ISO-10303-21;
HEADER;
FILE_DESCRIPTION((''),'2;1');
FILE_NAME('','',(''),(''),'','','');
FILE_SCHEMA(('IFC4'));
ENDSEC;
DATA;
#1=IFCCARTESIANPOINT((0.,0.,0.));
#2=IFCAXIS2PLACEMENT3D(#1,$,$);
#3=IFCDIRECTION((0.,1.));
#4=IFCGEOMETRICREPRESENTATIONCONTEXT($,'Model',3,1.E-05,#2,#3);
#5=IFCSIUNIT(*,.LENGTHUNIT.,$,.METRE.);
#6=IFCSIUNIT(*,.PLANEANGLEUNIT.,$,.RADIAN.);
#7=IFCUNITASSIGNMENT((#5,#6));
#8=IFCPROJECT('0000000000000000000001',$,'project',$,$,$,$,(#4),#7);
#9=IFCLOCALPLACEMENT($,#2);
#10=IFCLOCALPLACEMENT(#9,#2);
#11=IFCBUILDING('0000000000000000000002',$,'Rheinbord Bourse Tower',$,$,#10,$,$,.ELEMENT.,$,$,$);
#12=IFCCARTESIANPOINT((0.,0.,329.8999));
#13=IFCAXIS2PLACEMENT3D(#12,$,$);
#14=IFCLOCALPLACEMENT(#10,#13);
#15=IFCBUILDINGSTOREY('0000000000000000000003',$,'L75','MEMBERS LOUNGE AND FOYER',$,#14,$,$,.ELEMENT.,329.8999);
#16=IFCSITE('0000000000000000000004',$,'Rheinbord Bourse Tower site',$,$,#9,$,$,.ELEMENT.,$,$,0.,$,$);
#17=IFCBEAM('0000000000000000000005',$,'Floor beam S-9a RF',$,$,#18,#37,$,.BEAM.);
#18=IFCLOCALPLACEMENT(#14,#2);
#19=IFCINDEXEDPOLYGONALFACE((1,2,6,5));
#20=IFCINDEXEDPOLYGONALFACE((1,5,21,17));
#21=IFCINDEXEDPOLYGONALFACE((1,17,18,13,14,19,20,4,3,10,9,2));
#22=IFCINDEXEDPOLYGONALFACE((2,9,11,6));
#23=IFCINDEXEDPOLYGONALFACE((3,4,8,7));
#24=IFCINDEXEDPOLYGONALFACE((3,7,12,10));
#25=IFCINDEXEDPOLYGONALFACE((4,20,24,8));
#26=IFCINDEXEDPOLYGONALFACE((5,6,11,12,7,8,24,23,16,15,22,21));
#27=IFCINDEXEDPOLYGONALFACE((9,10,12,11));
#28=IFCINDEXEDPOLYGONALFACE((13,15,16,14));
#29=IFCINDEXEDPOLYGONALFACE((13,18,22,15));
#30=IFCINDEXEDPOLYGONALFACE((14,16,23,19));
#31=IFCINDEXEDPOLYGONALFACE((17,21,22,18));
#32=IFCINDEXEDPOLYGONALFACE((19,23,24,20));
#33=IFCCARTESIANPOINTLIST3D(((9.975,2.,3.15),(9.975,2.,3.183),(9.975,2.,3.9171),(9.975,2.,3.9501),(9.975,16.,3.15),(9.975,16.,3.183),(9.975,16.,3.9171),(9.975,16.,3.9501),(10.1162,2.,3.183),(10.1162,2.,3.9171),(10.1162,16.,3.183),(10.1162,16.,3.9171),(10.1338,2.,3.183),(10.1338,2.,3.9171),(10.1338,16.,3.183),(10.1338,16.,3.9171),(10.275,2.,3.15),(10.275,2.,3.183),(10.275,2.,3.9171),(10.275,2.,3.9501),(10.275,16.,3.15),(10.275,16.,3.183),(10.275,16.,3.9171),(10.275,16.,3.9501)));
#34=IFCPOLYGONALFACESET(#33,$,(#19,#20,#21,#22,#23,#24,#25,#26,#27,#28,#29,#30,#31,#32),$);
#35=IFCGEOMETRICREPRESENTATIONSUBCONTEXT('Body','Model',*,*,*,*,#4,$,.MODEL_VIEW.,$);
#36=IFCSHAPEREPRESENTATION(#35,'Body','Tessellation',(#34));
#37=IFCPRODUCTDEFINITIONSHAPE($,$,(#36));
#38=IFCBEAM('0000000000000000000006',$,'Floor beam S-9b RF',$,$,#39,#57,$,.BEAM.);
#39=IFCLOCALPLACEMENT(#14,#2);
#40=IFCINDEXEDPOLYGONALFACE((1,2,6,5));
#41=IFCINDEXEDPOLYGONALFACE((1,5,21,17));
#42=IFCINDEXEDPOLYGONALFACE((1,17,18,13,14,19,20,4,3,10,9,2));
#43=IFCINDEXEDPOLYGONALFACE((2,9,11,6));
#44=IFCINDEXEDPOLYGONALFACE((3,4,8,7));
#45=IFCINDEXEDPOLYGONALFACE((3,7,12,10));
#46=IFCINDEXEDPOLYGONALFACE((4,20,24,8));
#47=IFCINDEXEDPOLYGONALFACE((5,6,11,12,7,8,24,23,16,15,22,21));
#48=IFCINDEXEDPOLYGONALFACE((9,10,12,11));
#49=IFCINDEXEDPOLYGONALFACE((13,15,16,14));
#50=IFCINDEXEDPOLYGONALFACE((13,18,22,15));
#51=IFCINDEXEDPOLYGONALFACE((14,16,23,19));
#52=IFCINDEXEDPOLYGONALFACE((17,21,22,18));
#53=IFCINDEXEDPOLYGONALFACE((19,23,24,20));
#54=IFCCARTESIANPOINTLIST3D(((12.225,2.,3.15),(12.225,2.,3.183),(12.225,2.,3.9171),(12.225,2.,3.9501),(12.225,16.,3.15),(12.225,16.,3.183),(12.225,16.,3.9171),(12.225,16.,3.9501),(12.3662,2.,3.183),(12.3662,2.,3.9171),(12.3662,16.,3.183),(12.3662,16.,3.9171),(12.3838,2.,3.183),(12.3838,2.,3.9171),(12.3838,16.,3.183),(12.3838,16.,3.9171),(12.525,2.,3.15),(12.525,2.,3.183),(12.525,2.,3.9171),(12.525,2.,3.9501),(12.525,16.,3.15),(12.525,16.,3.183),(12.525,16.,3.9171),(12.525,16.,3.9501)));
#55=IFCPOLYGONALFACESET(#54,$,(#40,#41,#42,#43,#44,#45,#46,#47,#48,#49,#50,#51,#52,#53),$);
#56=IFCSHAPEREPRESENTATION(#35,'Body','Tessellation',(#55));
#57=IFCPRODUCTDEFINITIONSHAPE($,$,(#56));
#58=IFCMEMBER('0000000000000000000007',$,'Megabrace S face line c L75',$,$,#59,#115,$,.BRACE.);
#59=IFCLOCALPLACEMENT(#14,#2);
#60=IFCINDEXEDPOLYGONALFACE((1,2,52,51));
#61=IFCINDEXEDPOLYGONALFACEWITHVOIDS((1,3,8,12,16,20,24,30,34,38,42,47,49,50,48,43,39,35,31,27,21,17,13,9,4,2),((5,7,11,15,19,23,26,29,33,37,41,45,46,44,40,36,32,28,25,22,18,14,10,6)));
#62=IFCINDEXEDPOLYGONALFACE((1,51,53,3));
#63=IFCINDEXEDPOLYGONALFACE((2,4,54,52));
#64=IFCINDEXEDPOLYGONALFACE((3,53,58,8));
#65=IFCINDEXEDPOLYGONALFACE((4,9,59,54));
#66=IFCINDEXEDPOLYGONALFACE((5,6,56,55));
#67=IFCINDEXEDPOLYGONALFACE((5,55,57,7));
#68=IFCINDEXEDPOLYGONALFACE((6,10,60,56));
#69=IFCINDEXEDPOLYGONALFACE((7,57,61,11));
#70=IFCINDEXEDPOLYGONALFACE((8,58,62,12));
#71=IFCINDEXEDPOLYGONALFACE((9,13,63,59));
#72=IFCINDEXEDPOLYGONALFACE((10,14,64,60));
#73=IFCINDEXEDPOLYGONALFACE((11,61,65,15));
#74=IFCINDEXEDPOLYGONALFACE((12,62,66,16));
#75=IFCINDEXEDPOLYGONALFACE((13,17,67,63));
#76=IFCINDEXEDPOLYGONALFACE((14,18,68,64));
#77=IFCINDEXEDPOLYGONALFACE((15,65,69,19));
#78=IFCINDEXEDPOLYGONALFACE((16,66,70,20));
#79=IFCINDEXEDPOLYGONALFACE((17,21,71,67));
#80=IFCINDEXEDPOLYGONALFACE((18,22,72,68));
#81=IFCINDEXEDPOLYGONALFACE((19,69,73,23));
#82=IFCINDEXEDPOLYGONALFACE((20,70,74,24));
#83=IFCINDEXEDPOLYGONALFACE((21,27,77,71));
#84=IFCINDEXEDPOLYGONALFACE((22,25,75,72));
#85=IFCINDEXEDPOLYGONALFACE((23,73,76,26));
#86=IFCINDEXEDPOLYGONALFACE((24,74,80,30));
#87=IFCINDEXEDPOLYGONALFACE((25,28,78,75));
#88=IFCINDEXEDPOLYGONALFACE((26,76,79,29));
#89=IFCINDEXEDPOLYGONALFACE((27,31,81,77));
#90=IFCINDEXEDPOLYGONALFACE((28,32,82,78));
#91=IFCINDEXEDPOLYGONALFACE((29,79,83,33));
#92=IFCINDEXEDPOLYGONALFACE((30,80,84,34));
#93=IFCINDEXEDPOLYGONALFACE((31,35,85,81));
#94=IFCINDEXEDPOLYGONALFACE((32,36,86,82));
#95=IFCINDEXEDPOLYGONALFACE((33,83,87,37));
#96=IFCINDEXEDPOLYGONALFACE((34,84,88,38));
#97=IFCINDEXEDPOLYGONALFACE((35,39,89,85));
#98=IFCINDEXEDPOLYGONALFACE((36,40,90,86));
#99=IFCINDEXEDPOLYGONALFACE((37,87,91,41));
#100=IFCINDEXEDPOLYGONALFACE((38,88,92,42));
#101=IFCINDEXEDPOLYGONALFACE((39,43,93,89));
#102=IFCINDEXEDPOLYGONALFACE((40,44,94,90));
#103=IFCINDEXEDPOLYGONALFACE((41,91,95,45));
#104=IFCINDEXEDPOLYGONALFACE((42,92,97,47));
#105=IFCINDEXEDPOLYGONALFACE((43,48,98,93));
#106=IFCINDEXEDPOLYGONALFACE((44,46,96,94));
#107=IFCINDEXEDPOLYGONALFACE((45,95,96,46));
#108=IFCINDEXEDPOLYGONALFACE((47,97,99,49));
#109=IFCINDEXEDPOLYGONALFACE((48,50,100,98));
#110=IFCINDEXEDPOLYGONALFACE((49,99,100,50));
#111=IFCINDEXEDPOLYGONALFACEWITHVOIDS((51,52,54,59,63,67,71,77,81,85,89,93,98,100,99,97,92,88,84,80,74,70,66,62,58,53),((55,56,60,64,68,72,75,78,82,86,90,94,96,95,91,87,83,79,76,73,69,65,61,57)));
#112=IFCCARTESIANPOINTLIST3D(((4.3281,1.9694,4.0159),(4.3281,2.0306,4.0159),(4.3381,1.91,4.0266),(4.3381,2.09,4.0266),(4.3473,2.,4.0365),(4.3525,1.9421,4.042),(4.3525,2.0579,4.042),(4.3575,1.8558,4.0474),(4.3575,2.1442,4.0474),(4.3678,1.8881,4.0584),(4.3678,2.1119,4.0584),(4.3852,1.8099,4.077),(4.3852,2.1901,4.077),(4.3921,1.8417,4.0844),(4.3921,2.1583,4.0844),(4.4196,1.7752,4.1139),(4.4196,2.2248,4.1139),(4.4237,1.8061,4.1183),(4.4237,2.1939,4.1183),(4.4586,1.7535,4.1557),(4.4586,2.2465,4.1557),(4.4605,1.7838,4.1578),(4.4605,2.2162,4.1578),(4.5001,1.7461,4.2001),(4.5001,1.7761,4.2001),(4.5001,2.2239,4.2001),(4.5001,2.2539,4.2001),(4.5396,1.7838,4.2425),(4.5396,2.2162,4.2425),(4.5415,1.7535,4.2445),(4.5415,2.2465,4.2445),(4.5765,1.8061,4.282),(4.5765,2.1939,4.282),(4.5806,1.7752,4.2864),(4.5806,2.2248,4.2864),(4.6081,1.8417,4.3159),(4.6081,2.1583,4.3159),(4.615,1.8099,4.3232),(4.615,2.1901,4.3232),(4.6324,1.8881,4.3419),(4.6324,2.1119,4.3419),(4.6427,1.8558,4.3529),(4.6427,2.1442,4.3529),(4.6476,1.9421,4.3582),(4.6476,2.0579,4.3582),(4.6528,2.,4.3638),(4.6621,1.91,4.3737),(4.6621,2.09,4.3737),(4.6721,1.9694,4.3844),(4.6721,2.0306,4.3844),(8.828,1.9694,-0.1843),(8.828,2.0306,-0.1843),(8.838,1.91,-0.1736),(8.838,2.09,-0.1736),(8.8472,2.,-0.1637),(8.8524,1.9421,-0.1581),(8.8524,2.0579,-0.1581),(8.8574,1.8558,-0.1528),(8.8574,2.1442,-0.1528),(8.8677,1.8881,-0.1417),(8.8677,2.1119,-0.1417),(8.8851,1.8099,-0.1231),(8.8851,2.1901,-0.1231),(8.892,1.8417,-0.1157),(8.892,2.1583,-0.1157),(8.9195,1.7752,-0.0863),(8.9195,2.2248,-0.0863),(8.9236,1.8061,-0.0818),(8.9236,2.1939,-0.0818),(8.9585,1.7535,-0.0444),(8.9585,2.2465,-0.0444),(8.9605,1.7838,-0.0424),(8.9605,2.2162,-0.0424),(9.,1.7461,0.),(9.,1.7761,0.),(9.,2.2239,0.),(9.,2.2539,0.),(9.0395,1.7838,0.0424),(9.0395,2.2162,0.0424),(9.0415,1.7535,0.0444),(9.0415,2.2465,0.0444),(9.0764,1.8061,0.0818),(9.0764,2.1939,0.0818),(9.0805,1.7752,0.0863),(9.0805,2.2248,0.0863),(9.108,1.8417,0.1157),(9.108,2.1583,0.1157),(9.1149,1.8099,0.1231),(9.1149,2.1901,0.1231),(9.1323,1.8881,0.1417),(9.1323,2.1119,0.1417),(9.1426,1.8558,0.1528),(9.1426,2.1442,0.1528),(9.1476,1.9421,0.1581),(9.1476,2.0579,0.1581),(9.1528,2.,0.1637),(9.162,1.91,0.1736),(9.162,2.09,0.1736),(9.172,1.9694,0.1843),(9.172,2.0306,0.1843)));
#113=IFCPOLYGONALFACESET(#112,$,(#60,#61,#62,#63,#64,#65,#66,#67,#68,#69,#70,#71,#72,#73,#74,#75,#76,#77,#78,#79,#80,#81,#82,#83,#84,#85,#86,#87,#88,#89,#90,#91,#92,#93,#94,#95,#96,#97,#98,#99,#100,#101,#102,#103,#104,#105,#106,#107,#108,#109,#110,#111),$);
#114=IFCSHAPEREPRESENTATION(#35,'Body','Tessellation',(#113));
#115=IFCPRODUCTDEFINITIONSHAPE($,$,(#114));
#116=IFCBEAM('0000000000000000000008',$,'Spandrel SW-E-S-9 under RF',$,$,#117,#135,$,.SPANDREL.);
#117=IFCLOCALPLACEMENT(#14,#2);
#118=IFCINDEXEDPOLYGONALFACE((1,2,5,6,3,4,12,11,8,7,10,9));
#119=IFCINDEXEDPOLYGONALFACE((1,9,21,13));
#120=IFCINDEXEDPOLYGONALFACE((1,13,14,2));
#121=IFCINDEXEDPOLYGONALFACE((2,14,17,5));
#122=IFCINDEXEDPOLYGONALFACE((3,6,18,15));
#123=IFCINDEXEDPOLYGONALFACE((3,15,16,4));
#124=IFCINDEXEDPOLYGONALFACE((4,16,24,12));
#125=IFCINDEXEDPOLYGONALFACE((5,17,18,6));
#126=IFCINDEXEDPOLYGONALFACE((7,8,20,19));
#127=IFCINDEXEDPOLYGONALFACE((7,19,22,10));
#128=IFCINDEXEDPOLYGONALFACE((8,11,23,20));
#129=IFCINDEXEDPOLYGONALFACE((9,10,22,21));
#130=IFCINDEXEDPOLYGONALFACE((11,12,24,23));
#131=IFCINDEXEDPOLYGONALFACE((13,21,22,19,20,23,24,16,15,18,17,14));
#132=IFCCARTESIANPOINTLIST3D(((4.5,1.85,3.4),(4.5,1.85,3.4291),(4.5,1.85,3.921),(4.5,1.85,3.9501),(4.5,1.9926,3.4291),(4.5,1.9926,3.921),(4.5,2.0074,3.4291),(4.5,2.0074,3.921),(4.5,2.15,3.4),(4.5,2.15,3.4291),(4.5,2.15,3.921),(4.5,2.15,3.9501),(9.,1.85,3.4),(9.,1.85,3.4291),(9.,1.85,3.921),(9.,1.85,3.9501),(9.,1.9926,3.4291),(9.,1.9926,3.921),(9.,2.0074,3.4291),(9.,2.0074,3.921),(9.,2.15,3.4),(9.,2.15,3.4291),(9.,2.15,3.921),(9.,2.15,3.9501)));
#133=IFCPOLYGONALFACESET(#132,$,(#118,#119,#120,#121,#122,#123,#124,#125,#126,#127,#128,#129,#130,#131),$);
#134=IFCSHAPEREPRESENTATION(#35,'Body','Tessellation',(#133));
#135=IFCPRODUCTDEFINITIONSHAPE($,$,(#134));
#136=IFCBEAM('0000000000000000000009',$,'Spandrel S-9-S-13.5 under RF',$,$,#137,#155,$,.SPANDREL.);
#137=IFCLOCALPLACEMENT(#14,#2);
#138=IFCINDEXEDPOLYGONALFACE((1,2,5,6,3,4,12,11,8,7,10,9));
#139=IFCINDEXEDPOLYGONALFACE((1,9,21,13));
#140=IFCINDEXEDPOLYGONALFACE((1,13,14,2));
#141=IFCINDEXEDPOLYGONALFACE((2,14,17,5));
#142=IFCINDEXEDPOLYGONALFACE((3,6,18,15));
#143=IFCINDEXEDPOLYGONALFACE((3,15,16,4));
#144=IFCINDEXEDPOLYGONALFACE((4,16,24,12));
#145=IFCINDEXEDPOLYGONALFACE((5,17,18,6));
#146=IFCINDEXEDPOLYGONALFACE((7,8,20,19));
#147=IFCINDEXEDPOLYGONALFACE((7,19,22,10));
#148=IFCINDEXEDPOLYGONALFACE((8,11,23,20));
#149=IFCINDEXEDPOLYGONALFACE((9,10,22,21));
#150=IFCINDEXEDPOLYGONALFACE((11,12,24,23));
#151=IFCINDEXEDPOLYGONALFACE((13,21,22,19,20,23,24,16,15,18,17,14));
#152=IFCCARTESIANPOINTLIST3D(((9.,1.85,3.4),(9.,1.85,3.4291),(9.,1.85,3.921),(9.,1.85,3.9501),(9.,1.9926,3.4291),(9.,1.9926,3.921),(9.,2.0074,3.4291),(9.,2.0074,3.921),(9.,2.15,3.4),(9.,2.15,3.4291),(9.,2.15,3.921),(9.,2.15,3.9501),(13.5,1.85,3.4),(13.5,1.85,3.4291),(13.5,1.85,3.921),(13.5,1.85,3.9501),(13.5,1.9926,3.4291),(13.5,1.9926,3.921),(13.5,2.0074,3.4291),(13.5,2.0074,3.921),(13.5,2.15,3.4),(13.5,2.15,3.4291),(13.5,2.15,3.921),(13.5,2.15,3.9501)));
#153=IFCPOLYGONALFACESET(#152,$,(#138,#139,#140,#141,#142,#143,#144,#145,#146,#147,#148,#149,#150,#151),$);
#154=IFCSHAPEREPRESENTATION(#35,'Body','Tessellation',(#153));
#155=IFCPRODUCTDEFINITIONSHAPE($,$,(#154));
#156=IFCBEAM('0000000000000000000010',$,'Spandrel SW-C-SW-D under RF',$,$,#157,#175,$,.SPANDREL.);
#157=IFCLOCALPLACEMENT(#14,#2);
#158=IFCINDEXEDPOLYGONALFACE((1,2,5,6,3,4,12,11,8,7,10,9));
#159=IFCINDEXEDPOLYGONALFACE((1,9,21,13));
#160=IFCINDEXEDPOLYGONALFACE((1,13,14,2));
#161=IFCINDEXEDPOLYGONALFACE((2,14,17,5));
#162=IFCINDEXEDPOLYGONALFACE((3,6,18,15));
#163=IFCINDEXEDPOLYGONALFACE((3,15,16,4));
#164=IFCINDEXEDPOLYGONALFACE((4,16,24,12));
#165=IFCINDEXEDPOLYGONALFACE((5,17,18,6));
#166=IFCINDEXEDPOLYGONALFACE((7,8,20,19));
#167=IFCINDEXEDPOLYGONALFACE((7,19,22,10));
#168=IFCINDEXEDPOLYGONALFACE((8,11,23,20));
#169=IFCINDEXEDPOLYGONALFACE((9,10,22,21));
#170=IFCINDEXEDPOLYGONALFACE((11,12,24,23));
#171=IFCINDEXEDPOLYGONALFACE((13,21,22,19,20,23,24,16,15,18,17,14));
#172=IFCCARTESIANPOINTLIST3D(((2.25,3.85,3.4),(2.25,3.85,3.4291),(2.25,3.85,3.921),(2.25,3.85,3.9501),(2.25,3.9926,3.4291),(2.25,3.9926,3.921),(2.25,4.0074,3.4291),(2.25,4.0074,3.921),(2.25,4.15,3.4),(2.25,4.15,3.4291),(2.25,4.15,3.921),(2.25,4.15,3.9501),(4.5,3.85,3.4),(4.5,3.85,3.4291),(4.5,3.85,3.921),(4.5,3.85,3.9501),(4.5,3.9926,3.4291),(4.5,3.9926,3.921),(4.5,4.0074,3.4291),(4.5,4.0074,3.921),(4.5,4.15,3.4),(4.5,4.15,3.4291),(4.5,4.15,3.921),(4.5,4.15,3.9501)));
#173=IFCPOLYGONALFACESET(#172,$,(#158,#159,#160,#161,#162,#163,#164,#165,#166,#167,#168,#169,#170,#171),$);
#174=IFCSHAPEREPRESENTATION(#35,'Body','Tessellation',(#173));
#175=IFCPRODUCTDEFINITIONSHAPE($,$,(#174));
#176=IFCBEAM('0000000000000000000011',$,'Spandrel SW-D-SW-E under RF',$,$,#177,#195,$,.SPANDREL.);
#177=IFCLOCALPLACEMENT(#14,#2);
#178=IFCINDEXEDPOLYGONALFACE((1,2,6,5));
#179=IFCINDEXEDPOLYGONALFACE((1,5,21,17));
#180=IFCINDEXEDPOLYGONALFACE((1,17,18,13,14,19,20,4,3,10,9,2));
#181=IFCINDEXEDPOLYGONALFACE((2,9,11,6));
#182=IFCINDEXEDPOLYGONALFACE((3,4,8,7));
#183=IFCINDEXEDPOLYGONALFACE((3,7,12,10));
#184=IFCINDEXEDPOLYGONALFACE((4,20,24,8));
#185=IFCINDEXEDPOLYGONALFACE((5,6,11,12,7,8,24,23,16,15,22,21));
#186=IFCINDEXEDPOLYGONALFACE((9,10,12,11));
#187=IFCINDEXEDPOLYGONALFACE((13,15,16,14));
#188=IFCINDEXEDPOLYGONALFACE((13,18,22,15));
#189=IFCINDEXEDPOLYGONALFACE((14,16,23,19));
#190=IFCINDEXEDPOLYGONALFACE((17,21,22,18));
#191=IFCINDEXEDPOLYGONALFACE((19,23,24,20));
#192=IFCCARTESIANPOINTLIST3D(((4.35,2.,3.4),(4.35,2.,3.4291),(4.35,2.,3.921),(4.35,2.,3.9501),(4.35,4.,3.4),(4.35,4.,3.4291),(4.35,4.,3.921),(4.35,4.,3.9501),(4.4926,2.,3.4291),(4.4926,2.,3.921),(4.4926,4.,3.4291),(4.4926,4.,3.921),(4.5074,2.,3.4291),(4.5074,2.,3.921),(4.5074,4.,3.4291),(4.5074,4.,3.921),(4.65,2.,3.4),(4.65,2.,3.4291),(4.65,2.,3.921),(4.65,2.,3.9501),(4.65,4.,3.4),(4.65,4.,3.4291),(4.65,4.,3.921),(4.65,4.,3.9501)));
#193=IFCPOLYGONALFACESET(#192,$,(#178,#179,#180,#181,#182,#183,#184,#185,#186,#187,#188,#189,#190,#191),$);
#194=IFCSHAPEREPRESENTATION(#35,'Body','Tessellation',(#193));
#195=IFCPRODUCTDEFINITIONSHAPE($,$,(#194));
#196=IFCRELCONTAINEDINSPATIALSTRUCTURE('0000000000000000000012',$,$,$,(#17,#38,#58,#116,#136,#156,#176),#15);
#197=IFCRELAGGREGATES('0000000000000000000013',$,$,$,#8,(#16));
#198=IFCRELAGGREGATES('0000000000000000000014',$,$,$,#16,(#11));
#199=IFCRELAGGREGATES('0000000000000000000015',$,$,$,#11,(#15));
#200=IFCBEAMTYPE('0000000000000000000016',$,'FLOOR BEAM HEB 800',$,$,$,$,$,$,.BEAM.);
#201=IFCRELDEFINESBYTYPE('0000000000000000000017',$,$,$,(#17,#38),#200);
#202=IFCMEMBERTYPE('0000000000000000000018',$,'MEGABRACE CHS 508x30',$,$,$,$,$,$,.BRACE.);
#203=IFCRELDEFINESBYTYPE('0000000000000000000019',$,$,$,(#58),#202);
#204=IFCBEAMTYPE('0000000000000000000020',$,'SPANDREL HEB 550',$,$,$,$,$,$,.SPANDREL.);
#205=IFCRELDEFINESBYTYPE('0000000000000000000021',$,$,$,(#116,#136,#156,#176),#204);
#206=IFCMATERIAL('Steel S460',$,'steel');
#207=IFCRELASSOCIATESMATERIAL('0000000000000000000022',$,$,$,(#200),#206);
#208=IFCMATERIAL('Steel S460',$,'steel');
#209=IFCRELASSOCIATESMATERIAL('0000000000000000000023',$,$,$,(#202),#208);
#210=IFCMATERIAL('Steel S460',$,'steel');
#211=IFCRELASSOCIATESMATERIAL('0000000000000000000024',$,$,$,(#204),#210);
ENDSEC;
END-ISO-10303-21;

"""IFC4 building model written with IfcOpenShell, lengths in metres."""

from ifc_helpers import new_model, si_unit, direction, frame, origin, origin_2d, place, context, subcontext, project, spatial, hollow_circle, i_section, extrude, material, material_profile, profile_set, type_object, element, save


model = new_model("IFC4")

# Units and contexts
model_context = context("Model", 3, precision=1e-05, world=origin(), true_north=direction((0.0, 1.0)))
body_context = subcontext(model_context, "Body", "Model", "MODEL_VIEW")
ifc_project = project(units=[si_unit("LENGTHUNIT", "METRE"), si_unit("PLANEANGLEUNIT", "RADIAN")], contexts=[model_context])

# Site, building, storey
site_placement = place(None, origin())
site = spatial("IfcSite", under=ifc_project, at=site_placement, Name="Rheinbord Bourse Tower site", CompositionType="ELEMENT", RefElevation=0.0)
building_placement = place(site_placement, origin())
building = spatial("IfcBuilding", under=site, at=building_placement, Name="Rheinbord Bourse Tower", CompositionType="ELEMENT")
storey_placement = place(building_placement, frame((0.0, 0.0, 329.8999)))
storey = spatial("IfcBuildingStorey", under=building, at=storey_placement, Name="L75", Description="MEMBERS LOUNGE AND FOYER", CompositionType="ELEMENT", Elevation=329.8999)

# Beams
ifc_material_1 = material(Name="Steel S460", Category="steel")
ifc_material_profile_1 = material_profile(ifc_material_1, i_section(OverallWidth=0.3, OverallDepth=0.8, WebThickness=0.0176, FlangeThickness=0.033, at=origin_2d()), Name="HEB 800")
ifc_profile_set_1 = profile_set([ifc_material_profile_1], Name="Steel S460")
beam_type_1 = type_object("IfcBeamType", Name="FLOOR BEAM HEB 800", PredefinedType="BEAM", material=ifc_profile_set_1)
for number, where, z_axis, x_axis, name in (
    (1, (10.125, 2.0, 3.55), (0.0, 1.0, 0.0), (-1.0, 0.0, 0.0), "Floor beam S-9a RF"),
    (2, (12.375, 2.0, 3.55), (0.0, 1.0, 0.0), (-1.0, 0.0, 0.0), "Floor beam S-9b RF"),
):
    element("IfcBeam", number, at=place(storey_placement, frame(where, z_axis=z_axis, x_axis=x_axis)), inside=storey, type_object=beam_type_1, Name=name, PredefinedType="BEAM", context=body_context, shape_type="SweptSolid", body=[
        extrude(i_section(OverallWidth=0.3, OverallDepth=0.8, WebThickness=0.0176, FlangeThickness=0.033, at=origin_2d()), origin(), (0.0, 0.0, 1.0), 14.0),
    ])

# Member
ifc_material_2 = material(Name="Steel S460", Category="steel")
ifc_material_profile_2 = material_profile(ifc_material_2, hollow_circle(Radius=0.2539, WallThickness=0.03, at=origin_2d()), Name="CHS 508x30")
ifc_profile_set_2 = profile_set([ifc_material_profile_2], Name="Steel S460")
member_type_1 = type_object("IfcMemberType", Name="MEGABRACE CHS 508x30", PredefinedType="BRACE", material=ifc_profile_set_2)
member_1_placement = place(storey_placement, frame((9.0, 2.0, 0.0), z_axis=(-0.731039, 0.0, 0.682335), x_axis=(0.0, -1.0, 0.0)))
element("IfcMember", 3, at=member_1_placement, inside=storey, type_object=member_type_1, Name="Megabrace S face line c L75", PredefinedType="BRACE", context=body_context, shape_type="SweptSolid", body=[
    extrude(hollow_circle(Radius=0.2539, WallThickness=0.03, at=origin_2d()), origin(), (0.0, 0.0, 1.0), 6.1555),
])

# Beams
ifc_material_3 = material(Name="Steel S460", Category="steel")
ifc_material_profile_3 = material_profile(ifc_material_3, i_section(OverallWidth=0.3, OverallDepth=0.55, WebThickness=0.0149, FlangeThickness=0.0291, at=origin_2d()), Name="HEB 550")
ifc_profile_set_3 = profile_set([ifc_material_profile_3], Name="Steel S460")
beam_type_2 = type_object("IfcBeamType", Name="SPANDREL HEB 550", PredefinedType="SPANDREL", material=ifc_profile_set_3)
for number, where, z_axis, x_axis, name in (
    (4, (4.5, 2.0, 3.675), (1.0, 0.0, 0.0), (0.0, 1.0, 0.0), "Spandrel SW-E-S-9 under RF"),
    (5, (9.0, 2.0, 3.675), (1.0, 0.0, 0.0), (0.0, 1.0, 0.0), "Spandrel S-9-S-13.5 under RF"),
):
    element("IfcBeam", number, at=place(storey_placement, frame(where, z_axis=z_axis, x_axis=x_axis)), inside=storey, type_object=beam_type_2, Name=name, PredefinedType="SPANDREL", context=body_context, shape_type="SweptSolid", body=[
        extrude(i_section(OverallWidth=0.3, OverallDepth=0.55, WebThickness=0.0149, FlangeThickness=0.0291, at=origin_2d()), origin(), (0.0, 0.0, 1.0), 4.5),
    ])
beam_1_placement = place(storey_placement, frame((2.25, 4.0, 3.675), z_axis=(1.0, 0.0, 0.0), x_axis=(0.0, 1.0, 0.0)))
element("IfcBeam", 6, at=beam_1_placement, inside=storey, type_object=beam_type_2, Name="Spandrel SW-C-SW-D under RF", PredefinedType="SPANDREL", context=body_context, shape_type="SweptSolid", body=[
    extrude(i_section(OverallWidth=0.3, OverallDepth=0.55, WebThickness=0.0149, FlangeThickness=0.0291, at=origin_2d()), origin(), (0.0, 0.0, 1.0), 2.25),
])
beam_2_placement = place(storey_placement, frame((4.5, 4.0, 3.675), z_axis=(0.0, -1.0, 0.0), x_axis=(1.0, 0.0, 0.0)))
element("IfcBeam", 7, at=beam_2_placement, inside=storey, type_object=beam_type_2, Name="Spandrel SW-D-SW-E under RF", PredefinedType="SPANDREL", context=body_context, shape_type="SweptSolid", body=[
    extrude(i_section(OverallWidth=0.3, OverallDepth=0.55, WebThickness=0.0149, FlangeThickness=0.0291, at=origin_2d()), origin(), (0.0, 0.0, 1.0), 2.0),
])

save(model, "model.ifc")
